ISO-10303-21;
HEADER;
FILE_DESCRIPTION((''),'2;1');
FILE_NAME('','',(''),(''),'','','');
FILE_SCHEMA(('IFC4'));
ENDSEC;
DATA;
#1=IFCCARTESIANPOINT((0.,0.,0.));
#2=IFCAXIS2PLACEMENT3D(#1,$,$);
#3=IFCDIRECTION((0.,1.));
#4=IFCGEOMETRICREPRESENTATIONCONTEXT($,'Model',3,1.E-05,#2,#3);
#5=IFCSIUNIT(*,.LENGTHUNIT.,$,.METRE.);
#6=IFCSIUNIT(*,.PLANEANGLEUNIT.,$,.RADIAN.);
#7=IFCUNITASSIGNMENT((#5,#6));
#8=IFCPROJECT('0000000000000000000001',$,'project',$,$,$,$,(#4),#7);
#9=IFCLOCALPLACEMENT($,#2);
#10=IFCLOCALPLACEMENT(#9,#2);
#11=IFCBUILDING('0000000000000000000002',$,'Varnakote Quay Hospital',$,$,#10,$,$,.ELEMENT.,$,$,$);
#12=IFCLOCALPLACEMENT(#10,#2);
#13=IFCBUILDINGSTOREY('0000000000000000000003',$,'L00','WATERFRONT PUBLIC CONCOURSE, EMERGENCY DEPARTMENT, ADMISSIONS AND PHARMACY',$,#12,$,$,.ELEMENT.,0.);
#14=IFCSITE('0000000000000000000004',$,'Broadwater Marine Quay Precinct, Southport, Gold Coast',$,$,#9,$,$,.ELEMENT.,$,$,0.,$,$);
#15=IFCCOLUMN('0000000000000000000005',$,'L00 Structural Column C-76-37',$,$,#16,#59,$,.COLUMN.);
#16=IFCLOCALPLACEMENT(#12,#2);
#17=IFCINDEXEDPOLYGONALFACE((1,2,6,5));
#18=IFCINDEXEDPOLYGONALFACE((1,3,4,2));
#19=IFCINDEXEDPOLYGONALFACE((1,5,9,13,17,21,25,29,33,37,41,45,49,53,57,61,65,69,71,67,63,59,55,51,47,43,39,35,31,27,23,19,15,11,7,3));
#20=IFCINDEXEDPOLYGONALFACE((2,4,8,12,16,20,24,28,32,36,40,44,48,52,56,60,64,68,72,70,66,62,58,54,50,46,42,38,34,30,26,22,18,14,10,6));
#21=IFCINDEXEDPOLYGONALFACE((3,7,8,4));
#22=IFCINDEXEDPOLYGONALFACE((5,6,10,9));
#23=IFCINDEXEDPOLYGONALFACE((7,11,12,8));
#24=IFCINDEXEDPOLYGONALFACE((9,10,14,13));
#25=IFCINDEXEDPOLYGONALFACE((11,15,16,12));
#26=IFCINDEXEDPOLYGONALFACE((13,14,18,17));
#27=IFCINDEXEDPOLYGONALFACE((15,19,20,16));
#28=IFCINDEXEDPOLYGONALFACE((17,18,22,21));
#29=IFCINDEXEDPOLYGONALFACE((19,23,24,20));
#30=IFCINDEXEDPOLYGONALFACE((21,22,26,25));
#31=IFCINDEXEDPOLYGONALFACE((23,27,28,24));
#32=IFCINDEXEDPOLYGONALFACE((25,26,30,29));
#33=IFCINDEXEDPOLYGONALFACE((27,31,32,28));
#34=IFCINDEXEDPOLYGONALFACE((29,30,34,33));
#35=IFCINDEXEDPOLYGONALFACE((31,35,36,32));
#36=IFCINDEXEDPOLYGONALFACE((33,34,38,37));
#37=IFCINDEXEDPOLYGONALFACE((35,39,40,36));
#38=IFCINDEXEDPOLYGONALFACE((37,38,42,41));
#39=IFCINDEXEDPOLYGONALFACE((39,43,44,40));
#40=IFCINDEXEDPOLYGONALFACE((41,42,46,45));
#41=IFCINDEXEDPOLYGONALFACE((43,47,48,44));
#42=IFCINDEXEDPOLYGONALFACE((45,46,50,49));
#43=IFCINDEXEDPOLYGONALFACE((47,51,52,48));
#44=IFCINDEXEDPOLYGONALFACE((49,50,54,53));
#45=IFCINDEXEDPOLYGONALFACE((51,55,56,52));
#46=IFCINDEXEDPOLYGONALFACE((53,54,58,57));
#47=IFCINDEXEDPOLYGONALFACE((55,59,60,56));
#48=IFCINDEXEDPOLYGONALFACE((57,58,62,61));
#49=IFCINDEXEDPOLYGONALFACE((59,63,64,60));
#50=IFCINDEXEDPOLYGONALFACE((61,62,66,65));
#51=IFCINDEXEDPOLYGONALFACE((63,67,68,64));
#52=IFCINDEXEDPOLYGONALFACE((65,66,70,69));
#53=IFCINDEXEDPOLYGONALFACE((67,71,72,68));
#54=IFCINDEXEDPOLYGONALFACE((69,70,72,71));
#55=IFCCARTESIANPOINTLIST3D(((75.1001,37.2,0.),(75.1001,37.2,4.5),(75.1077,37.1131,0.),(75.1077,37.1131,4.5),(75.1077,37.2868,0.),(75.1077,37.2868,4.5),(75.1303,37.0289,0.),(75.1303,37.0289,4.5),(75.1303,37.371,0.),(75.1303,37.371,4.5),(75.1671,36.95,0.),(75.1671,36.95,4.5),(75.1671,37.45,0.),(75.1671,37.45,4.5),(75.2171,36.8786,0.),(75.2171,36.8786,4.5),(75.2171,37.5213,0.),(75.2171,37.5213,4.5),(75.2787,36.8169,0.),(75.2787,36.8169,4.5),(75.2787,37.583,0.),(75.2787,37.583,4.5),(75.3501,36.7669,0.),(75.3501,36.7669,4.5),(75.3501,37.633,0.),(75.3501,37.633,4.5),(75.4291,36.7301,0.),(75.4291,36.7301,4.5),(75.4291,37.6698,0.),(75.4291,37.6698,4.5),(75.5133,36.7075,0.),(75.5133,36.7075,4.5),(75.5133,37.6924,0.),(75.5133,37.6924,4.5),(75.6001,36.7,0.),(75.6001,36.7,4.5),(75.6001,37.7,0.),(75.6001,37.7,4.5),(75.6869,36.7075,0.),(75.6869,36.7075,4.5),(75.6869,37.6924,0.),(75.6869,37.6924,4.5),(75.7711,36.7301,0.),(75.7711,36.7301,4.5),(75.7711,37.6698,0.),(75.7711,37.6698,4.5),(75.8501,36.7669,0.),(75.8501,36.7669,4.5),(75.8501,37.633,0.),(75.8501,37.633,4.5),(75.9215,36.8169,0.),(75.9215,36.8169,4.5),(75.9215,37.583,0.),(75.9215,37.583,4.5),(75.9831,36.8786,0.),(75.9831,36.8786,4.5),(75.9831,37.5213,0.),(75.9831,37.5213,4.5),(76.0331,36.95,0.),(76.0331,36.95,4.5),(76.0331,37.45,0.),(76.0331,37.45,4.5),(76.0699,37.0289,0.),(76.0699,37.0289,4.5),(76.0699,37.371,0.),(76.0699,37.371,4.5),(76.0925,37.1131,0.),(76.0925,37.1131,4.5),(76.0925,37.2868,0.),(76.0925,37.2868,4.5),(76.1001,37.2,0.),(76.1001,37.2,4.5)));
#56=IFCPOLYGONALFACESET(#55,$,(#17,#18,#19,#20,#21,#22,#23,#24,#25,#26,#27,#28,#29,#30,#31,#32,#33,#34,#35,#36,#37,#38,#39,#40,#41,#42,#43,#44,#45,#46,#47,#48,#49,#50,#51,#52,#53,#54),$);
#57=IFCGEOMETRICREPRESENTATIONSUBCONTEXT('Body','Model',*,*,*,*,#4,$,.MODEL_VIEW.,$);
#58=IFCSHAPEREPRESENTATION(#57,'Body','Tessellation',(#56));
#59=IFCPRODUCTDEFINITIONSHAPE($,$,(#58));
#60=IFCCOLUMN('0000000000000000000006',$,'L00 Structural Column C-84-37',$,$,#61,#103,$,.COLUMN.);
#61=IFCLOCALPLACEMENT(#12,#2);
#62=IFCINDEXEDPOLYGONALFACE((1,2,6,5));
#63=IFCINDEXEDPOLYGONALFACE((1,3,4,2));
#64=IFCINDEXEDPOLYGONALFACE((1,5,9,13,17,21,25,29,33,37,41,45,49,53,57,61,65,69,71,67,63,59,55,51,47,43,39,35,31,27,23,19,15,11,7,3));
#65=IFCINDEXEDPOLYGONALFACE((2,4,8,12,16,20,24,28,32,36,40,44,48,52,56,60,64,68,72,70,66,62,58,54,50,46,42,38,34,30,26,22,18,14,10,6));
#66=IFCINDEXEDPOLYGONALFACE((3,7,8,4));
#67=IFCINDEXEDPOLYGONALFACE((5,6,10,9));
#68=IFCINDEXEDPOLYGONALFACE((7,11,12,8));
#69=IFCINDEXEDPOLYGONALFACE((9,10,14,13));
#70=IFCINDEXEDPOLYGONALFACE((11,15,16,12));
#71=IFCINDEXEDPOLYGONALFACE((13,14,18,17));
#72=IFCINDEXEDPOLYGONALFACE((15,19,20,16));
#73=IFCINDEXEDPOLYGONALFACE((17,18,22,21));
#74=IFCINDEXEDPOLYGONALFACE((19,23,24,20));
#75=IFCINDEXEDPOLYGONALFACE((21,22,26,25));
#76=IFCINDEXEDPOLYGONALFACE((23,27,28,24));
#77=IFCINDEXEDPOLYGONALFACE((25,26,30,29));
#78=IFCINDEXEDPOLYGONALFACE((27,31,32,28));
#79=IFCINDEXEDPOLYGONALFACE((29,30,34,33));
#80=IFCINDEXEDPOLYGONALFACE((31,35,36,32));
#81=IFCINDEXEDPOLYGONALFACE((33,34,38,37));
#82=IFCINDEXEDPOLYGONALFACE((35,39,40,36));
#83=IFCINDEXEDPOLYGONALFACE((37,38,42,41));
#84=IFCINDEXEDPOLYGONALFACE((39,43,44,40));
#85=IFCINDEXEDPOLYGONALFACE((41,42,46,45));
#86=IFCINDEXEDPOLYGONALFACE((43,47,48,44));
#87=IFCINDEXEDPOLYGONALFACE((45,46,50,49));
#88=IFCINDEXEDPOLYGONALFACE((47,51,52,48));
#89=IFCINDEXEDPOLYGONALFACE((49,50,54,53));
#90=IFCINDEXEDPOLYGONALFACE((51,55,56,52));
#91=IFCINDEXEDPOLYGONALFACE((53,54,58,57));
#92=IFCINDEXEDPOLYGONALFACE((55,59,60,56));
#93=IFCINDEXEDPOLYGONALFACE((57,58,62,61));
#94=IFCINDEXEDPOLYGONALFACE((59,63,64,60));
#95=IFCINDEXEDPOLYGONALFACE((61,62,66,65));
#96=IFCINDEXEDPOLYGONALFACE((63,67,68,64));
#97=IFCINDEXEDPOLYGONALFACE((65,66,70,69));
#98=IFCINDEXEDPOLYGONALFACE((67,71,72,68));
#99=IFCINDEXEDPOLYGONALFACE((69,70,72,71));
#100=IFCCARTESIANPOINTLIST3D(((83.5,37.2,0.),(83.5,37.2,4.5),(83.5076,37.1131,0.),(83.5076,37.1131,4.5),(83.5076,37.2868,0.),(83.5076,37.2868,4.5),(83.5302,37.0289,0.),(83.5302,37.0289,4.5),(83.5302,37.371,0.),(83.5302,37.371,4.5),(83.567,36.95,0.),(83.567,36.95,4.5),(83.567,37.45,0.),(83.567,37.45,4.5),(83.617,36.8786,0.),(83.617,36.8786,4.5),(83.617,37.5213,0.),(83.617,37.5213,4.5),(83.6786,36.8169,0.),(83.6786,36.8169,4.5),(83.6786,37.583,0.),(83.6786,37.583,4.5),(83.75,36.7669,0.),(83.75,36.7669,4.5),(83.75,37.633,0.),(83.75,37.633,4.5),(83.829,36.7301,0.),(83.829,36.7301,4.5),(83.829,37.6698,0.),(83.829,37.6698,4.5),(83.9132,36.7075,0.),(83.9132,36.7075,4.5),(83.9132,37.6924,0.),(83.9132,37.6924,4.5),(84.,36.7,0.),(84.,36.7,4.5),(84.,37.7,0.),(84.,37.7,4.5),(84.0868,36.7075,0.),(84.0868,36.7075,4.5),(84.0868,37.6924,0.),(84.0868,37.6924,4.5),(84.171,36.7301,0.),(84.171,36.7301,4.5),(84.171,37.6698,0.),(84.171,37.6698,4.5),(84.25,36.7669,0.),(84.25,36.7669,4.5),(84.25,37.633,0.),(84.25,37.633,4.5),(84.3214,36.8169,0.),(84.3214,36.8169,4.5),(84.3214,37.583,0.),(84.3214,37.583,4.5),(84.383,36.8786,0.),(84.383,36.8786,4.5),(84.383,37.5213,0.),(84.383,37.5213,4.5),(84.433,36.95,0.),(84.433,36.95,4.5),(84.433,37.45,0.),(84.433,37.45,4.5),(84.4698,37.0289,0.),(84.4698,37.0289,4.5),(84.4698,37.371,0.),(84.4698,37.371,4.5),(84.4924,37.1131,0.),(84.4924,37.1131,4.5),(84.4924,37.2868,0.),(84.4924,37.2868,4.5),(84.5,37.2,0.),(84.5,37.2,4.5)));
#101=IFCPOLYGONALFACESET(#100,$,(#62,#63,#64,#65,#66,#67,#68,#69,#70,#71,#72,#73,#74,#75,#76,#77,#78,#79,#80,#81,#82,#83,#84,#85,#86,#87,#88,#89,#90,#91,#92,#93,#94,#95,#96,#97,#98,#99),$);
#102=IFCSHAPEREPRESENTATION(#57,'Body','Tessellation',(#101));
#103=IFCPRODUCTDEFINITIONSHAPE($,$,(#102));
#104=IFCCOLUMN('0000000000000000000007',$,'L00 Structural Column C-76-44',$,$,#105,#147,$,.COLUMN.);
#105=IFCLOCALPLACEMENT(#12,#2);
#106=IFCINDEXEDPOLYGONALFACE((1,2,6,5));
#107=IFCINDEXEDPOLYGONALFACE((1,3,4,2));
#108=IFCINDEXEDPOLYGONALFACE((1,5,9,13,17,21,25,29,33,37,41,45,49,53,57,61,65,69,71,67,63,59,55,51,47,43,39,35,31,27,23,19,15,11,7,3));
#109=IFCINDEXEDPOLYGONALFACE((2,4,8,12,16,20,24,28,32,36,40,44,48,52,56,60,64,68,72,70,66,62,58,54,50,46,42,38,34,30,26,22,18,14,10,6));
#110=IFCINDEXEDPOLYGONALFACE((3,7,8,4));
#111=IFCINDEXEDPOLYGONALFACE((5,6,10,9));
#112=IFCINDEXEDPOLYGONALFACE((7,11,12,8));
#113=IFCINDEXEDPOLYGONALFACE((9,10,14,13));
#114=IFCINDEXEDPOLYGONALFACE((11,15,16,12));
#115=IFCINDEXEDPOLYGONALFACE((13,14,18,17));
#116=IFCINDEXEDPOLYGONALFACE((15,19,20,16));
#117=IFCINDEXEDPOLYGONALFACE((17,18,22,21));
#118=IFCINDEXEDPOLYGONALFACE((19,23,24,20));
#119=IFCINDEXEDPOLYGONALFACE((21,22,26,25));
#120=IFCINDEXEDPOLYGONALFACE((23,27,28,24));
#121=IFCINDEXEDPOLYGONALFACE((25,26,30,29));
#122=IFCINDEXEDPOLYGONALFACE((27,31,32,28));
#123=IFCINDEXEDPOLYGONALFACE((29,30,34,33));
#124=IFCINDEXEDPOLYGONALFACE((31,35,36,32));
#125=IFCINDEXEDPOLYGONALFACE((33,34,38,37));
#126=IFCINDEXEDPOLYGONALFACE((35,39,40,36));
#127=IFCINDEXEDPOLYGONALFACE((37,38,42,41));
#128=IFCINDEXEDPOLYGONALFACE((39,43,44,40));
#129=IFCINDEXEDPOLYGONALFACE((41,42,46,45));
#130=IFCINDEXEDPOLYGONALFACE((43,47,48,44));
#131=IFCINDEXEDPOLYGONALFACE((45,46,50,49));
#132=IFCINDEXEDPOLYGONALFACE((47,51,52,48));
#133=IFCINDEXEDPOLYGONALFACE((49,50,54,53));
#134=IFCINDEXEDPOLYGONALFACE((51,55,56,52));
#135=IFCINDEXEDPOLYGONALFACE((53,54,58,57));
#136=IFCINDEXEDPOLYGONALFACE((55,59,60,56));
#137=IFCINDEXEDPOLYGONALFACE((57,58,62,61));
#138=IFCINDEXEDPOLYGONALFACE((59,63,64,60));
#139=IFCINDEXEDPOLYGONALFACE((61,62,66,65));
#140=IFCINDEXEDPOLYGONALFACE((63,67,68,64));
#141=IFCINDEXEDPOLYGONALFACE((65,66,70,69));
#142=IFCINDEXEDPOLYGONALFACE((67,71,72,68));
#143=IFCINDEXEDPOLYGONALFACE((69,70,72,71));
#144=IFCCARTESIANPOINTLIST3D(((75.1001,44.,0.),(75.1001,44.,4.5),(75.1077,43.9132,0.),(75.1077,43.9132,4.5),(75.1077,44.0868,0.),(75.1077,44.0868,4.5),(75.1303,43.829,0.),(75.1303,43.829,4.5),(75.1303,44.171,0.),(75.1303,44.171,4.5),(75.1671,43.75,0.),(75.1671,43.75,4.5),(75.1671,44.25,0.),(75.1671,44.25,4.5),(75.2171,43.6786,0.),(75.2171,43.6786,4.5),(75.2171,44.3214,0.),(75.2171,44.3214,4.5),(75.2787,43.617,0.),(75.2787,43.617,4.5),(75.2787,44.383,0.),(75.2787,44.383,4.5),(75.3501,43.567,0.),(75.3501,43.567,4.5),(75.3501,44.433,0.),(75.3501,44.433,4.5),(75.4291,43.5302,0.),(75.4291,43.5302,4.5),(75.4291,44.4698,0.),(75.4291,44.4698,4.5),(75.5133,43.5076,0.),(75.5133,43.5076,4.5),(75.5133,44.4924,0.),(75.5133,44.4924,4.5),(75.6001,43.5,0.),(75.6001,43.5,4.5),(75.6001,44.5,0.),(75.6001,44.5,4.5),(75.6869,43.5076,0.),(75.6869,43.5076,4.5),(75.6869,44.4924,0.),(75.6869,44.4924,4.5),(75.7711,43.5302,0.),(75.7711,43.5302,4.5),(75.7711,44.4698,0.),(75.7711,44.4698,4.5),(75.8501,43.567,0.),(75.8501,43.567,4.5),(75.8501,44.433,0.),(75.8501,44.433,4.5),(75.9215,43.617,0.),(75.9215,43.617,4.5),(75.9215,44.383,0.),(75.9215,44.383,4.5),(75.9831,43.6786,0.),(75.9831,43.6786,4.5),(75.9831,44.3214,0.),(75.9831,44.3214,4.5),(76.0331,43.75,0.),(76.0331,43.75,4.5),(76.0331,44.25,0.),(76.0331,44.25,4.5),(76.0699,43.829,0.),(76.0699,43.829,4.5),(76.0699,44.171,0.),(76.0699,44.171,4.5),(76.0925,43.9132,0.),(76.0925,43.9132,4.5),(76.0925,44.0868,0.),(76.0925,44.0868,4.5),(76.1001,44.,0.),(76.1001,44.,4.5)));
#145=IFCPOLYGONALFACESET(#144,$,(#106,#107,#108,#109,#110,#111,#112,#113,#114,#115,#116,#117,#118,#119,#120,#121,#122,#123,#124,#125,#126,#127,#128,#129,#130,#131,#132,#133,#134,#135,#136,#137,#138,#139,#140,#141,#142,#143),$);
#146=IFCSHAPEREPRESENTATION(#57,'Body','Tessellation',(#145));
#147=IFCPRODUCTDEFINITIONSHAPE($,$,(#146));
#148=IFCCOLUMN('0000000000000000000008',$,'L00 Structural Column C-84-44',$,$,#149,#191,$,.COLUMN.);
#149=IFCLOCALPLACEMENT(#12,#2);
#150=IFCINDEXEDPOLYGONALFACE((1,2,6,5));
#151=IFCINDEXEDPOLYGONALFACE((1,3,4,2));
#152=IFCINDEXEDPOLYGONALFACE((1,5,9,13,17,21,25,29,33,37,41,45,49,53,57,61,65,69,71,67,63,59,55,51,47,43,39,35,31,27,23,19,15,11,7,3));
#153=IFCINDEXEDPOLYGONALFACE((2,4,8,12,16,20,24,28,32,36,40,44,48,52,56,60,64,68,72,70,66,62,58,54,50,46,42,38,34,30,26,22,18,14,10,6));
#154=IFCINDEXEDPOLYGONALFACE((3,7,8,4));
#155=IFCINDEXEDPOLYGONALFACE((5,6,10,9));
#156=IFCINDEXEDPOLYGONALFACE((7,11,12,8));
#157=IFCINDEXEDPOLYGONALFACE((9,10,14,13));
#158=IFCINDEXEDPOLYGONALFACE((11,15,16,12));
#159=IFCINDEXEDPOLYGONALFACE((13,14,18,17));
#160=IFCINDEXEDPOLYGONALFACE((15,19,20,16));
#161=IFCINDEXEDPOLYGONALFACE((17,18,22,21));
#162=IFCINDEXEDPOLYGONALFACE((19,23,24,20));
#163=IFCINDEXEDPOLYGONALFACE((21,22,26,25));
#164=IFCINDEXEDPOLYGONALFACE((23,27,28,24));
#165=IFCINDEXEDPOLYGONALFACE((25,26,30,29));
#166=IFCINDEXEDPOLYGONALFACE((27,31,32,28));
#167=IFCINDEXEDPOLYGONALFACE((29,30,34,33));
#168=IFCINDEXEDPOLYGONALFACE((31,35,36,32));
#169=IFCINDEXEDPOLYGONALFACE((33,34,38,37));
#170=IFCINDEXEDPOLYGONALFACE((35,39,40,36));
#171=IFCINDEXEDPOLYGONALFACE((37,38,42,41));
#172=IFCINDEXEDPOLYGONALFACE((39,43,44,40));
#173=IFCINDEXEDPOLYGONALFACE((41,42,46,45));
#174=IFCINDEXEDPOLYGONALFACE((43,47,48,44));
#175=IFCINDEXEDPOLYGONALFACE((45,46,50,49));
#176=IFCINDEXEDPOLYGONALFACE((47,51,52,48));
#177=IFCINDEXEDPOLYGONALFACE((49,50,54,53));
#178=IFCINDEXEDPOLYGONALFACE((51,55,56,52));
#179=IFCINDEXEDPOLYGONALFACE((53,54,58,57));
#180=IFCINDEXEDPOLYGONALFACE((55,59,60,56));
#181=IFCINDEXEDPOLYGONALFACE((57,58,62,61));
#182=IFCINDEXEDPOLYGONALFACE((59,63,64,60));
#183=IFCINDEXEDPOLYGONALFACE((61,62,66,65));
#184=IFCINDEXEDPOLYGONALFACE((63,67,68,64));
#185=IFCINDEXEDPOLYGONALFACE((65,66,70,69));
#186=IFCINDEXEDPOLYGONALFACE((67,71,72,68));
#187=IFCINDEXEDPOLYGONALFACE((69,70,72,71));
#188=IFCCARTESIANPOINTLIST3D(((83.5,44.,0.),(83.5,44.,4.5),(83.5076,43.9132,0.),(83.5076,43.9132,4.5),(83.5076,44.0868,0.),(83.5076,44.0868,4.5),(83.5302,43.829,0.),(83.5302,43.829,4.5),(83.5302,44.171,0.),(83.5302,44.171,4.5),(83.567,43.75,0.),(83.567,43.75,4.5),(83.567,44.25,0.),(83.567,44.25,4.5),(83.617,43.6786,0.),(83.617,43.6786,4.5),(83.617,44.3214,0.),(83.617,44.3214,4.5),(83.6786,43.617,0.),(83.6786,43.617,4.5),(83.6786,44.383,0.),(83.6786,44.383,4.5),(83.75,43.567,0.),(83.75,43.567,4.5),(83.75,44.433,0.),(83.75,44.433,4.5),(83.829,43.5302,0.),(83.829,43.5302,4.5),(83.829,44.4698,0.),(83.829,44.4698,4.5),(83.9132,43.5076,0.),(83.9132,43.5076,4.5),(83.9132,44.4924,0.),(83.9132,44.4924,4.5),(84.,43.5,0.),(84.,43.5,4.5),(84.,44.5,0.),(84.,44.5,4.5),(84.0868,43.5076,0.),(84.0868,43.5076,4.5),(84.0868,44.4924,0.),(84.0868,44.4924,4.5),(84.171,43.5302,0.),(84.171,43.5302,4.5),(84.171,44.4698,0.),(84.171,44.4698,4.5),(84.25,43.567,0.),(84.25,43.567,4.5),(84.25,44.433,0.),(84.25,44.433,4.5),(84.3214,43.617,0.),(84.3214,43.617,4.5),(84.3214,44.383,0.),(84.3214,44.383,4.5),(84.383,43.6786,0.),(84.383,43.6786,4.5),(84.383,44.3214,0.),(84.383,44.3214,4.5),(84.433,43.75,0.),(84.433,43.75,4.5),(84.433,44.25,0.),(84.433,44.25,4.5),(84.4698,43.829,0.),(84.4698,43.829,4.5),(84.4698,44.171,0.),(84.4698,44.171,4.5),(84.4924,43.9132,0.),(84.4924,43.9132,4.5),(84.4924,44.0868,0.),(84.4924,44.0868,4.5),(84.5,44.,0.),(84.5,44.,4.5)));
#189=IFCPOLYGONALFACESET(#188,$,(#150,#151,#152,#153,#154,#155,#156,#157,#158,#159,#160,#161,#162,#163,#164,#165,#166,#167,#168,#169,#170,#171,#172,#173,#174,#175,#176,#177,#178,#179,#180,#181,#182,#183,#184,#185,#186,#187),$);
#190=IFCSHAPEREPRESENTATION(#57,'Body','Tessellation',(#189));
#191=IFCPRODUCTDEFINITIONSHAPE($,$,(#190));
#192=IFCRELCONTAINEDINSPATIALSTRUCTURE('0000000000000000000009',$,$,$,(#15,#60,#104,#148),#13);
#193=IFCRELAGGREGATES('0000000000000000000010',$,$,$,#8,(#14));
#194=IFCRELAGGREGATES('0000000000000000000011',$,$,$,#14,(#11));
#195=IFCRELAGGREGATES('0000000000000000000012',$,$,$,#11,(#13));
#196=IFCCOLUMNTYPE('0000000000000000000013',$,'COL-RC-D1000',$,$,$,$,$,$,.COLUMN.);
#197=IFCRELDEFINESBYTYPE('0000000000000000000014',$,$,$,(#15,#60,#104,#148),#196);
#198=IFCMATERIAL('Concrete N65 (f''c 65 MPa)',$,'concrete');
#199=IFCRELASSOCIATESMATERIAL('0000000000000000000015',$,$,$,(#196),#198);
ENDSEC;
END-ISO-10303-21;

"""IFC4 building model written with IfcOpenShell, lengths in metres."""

from ifc_helpers import new_model, si_unit, direction, frame, origin, origin_2d, place, context, subcontext, project, spatial, circle, extrude, material, material_profile, profile_set, type_object, element, save


model = new_model("IFC4")

# Units and contexts
model_context = context("Model", 3, precision=1e-05, world=origin(), true_north=direction((0.0, 1.0)))
body_context = subcontext(model_context, "Body", "Model", "MODEL_VIEW")
ifc_project = project(units=[si_unit("LENGTHUNIT", "METRE"), si_unit("PLANEANGLEUNIT", "RADIAN")], contexts=[model_context])

# Site, building, storey
site_placement = place(None, origin())
site = spatial("IfcSite", under=ifc_project, at=site_placement, Name="Broadwater Marine Quay Precinct, Southport, Gold Coast", CompositionType="ELEMENT", RefElevation=0.0)
building_placement = place(site_placement, origin())
building = spatial("IfcBuilding", under=site, at=building_placement, Name="Varnakote Quay Hospital", CompositionType="ELEMENT")
storey_placement = place(building_placement, origin())
storey = spatial("IfcBuildingStorey", under=building, at=storey_placement, Name="L00", Description="WATERFRONT PUBLIC CONCOURSE, EMERGENCY DEPARTMENT, ADMISSIONS AND PHARMACY", CompositionType="ELEMENT", Elevation=0.0)

# Columns
ifc_material_1 = material(Name="Concrete N65 (f'c 65 MPa)", Category="concrete")
ifc_material_profile_1 = material_profile(ifc_material_1, circle(Radius=0.5, at=origin_2d()), Name="RC-COL-D1000")
ifc_profile_set_1 = profile_set([ifc_material_profile_1], Name="Concrete N65 (f'c 65 MPa)")
column_type = type_object("IfcColumnType", Name="COL-RC-D1000", PredefinedType="COLUMN", material=ifc_profile_set_1)
for number, where, z_axis, x_axis, name in (
    (1, (75.6001, 37.2, 0.0), (0.0, 0.0, 1.0), (1.0, 0.0, 0.0), "L00 Structural Column C-76-37"),
    (2, (84.0, 37.2, 0.0), (0.0, 0.0, 1.0), (1.0, 0.0, 0.0), "L00 Structural Column C-84-37"),
    (3, (75.6001, 44.0, 0.0), (0.0, 0.0, 1.0), (1.0, 0.0, 0.0), "L00 Structural Column C-76-44"),
    (4, (84.0, 44.0, 0.0), (0.0, 0.0, 1.0), (1.0, 0.0, 0.0), "L00 Structural Column C-84-44"),
):
    element("IfcColumn", number, at=place(storey_placement, frame(where, z_axis=z_axis, x_axis=x_axis)), inside=storey, type_object=column_type, Name=name, PredefinedType="COLUMN", context=body_context, shape_type="SweptSolid", body=[
        extrude(circle(Radius=0.5, at=origin_2d()), origin(), (0.0, 0.0, 1.0), 4.5),
    ])

save(model, "model.ifc")
